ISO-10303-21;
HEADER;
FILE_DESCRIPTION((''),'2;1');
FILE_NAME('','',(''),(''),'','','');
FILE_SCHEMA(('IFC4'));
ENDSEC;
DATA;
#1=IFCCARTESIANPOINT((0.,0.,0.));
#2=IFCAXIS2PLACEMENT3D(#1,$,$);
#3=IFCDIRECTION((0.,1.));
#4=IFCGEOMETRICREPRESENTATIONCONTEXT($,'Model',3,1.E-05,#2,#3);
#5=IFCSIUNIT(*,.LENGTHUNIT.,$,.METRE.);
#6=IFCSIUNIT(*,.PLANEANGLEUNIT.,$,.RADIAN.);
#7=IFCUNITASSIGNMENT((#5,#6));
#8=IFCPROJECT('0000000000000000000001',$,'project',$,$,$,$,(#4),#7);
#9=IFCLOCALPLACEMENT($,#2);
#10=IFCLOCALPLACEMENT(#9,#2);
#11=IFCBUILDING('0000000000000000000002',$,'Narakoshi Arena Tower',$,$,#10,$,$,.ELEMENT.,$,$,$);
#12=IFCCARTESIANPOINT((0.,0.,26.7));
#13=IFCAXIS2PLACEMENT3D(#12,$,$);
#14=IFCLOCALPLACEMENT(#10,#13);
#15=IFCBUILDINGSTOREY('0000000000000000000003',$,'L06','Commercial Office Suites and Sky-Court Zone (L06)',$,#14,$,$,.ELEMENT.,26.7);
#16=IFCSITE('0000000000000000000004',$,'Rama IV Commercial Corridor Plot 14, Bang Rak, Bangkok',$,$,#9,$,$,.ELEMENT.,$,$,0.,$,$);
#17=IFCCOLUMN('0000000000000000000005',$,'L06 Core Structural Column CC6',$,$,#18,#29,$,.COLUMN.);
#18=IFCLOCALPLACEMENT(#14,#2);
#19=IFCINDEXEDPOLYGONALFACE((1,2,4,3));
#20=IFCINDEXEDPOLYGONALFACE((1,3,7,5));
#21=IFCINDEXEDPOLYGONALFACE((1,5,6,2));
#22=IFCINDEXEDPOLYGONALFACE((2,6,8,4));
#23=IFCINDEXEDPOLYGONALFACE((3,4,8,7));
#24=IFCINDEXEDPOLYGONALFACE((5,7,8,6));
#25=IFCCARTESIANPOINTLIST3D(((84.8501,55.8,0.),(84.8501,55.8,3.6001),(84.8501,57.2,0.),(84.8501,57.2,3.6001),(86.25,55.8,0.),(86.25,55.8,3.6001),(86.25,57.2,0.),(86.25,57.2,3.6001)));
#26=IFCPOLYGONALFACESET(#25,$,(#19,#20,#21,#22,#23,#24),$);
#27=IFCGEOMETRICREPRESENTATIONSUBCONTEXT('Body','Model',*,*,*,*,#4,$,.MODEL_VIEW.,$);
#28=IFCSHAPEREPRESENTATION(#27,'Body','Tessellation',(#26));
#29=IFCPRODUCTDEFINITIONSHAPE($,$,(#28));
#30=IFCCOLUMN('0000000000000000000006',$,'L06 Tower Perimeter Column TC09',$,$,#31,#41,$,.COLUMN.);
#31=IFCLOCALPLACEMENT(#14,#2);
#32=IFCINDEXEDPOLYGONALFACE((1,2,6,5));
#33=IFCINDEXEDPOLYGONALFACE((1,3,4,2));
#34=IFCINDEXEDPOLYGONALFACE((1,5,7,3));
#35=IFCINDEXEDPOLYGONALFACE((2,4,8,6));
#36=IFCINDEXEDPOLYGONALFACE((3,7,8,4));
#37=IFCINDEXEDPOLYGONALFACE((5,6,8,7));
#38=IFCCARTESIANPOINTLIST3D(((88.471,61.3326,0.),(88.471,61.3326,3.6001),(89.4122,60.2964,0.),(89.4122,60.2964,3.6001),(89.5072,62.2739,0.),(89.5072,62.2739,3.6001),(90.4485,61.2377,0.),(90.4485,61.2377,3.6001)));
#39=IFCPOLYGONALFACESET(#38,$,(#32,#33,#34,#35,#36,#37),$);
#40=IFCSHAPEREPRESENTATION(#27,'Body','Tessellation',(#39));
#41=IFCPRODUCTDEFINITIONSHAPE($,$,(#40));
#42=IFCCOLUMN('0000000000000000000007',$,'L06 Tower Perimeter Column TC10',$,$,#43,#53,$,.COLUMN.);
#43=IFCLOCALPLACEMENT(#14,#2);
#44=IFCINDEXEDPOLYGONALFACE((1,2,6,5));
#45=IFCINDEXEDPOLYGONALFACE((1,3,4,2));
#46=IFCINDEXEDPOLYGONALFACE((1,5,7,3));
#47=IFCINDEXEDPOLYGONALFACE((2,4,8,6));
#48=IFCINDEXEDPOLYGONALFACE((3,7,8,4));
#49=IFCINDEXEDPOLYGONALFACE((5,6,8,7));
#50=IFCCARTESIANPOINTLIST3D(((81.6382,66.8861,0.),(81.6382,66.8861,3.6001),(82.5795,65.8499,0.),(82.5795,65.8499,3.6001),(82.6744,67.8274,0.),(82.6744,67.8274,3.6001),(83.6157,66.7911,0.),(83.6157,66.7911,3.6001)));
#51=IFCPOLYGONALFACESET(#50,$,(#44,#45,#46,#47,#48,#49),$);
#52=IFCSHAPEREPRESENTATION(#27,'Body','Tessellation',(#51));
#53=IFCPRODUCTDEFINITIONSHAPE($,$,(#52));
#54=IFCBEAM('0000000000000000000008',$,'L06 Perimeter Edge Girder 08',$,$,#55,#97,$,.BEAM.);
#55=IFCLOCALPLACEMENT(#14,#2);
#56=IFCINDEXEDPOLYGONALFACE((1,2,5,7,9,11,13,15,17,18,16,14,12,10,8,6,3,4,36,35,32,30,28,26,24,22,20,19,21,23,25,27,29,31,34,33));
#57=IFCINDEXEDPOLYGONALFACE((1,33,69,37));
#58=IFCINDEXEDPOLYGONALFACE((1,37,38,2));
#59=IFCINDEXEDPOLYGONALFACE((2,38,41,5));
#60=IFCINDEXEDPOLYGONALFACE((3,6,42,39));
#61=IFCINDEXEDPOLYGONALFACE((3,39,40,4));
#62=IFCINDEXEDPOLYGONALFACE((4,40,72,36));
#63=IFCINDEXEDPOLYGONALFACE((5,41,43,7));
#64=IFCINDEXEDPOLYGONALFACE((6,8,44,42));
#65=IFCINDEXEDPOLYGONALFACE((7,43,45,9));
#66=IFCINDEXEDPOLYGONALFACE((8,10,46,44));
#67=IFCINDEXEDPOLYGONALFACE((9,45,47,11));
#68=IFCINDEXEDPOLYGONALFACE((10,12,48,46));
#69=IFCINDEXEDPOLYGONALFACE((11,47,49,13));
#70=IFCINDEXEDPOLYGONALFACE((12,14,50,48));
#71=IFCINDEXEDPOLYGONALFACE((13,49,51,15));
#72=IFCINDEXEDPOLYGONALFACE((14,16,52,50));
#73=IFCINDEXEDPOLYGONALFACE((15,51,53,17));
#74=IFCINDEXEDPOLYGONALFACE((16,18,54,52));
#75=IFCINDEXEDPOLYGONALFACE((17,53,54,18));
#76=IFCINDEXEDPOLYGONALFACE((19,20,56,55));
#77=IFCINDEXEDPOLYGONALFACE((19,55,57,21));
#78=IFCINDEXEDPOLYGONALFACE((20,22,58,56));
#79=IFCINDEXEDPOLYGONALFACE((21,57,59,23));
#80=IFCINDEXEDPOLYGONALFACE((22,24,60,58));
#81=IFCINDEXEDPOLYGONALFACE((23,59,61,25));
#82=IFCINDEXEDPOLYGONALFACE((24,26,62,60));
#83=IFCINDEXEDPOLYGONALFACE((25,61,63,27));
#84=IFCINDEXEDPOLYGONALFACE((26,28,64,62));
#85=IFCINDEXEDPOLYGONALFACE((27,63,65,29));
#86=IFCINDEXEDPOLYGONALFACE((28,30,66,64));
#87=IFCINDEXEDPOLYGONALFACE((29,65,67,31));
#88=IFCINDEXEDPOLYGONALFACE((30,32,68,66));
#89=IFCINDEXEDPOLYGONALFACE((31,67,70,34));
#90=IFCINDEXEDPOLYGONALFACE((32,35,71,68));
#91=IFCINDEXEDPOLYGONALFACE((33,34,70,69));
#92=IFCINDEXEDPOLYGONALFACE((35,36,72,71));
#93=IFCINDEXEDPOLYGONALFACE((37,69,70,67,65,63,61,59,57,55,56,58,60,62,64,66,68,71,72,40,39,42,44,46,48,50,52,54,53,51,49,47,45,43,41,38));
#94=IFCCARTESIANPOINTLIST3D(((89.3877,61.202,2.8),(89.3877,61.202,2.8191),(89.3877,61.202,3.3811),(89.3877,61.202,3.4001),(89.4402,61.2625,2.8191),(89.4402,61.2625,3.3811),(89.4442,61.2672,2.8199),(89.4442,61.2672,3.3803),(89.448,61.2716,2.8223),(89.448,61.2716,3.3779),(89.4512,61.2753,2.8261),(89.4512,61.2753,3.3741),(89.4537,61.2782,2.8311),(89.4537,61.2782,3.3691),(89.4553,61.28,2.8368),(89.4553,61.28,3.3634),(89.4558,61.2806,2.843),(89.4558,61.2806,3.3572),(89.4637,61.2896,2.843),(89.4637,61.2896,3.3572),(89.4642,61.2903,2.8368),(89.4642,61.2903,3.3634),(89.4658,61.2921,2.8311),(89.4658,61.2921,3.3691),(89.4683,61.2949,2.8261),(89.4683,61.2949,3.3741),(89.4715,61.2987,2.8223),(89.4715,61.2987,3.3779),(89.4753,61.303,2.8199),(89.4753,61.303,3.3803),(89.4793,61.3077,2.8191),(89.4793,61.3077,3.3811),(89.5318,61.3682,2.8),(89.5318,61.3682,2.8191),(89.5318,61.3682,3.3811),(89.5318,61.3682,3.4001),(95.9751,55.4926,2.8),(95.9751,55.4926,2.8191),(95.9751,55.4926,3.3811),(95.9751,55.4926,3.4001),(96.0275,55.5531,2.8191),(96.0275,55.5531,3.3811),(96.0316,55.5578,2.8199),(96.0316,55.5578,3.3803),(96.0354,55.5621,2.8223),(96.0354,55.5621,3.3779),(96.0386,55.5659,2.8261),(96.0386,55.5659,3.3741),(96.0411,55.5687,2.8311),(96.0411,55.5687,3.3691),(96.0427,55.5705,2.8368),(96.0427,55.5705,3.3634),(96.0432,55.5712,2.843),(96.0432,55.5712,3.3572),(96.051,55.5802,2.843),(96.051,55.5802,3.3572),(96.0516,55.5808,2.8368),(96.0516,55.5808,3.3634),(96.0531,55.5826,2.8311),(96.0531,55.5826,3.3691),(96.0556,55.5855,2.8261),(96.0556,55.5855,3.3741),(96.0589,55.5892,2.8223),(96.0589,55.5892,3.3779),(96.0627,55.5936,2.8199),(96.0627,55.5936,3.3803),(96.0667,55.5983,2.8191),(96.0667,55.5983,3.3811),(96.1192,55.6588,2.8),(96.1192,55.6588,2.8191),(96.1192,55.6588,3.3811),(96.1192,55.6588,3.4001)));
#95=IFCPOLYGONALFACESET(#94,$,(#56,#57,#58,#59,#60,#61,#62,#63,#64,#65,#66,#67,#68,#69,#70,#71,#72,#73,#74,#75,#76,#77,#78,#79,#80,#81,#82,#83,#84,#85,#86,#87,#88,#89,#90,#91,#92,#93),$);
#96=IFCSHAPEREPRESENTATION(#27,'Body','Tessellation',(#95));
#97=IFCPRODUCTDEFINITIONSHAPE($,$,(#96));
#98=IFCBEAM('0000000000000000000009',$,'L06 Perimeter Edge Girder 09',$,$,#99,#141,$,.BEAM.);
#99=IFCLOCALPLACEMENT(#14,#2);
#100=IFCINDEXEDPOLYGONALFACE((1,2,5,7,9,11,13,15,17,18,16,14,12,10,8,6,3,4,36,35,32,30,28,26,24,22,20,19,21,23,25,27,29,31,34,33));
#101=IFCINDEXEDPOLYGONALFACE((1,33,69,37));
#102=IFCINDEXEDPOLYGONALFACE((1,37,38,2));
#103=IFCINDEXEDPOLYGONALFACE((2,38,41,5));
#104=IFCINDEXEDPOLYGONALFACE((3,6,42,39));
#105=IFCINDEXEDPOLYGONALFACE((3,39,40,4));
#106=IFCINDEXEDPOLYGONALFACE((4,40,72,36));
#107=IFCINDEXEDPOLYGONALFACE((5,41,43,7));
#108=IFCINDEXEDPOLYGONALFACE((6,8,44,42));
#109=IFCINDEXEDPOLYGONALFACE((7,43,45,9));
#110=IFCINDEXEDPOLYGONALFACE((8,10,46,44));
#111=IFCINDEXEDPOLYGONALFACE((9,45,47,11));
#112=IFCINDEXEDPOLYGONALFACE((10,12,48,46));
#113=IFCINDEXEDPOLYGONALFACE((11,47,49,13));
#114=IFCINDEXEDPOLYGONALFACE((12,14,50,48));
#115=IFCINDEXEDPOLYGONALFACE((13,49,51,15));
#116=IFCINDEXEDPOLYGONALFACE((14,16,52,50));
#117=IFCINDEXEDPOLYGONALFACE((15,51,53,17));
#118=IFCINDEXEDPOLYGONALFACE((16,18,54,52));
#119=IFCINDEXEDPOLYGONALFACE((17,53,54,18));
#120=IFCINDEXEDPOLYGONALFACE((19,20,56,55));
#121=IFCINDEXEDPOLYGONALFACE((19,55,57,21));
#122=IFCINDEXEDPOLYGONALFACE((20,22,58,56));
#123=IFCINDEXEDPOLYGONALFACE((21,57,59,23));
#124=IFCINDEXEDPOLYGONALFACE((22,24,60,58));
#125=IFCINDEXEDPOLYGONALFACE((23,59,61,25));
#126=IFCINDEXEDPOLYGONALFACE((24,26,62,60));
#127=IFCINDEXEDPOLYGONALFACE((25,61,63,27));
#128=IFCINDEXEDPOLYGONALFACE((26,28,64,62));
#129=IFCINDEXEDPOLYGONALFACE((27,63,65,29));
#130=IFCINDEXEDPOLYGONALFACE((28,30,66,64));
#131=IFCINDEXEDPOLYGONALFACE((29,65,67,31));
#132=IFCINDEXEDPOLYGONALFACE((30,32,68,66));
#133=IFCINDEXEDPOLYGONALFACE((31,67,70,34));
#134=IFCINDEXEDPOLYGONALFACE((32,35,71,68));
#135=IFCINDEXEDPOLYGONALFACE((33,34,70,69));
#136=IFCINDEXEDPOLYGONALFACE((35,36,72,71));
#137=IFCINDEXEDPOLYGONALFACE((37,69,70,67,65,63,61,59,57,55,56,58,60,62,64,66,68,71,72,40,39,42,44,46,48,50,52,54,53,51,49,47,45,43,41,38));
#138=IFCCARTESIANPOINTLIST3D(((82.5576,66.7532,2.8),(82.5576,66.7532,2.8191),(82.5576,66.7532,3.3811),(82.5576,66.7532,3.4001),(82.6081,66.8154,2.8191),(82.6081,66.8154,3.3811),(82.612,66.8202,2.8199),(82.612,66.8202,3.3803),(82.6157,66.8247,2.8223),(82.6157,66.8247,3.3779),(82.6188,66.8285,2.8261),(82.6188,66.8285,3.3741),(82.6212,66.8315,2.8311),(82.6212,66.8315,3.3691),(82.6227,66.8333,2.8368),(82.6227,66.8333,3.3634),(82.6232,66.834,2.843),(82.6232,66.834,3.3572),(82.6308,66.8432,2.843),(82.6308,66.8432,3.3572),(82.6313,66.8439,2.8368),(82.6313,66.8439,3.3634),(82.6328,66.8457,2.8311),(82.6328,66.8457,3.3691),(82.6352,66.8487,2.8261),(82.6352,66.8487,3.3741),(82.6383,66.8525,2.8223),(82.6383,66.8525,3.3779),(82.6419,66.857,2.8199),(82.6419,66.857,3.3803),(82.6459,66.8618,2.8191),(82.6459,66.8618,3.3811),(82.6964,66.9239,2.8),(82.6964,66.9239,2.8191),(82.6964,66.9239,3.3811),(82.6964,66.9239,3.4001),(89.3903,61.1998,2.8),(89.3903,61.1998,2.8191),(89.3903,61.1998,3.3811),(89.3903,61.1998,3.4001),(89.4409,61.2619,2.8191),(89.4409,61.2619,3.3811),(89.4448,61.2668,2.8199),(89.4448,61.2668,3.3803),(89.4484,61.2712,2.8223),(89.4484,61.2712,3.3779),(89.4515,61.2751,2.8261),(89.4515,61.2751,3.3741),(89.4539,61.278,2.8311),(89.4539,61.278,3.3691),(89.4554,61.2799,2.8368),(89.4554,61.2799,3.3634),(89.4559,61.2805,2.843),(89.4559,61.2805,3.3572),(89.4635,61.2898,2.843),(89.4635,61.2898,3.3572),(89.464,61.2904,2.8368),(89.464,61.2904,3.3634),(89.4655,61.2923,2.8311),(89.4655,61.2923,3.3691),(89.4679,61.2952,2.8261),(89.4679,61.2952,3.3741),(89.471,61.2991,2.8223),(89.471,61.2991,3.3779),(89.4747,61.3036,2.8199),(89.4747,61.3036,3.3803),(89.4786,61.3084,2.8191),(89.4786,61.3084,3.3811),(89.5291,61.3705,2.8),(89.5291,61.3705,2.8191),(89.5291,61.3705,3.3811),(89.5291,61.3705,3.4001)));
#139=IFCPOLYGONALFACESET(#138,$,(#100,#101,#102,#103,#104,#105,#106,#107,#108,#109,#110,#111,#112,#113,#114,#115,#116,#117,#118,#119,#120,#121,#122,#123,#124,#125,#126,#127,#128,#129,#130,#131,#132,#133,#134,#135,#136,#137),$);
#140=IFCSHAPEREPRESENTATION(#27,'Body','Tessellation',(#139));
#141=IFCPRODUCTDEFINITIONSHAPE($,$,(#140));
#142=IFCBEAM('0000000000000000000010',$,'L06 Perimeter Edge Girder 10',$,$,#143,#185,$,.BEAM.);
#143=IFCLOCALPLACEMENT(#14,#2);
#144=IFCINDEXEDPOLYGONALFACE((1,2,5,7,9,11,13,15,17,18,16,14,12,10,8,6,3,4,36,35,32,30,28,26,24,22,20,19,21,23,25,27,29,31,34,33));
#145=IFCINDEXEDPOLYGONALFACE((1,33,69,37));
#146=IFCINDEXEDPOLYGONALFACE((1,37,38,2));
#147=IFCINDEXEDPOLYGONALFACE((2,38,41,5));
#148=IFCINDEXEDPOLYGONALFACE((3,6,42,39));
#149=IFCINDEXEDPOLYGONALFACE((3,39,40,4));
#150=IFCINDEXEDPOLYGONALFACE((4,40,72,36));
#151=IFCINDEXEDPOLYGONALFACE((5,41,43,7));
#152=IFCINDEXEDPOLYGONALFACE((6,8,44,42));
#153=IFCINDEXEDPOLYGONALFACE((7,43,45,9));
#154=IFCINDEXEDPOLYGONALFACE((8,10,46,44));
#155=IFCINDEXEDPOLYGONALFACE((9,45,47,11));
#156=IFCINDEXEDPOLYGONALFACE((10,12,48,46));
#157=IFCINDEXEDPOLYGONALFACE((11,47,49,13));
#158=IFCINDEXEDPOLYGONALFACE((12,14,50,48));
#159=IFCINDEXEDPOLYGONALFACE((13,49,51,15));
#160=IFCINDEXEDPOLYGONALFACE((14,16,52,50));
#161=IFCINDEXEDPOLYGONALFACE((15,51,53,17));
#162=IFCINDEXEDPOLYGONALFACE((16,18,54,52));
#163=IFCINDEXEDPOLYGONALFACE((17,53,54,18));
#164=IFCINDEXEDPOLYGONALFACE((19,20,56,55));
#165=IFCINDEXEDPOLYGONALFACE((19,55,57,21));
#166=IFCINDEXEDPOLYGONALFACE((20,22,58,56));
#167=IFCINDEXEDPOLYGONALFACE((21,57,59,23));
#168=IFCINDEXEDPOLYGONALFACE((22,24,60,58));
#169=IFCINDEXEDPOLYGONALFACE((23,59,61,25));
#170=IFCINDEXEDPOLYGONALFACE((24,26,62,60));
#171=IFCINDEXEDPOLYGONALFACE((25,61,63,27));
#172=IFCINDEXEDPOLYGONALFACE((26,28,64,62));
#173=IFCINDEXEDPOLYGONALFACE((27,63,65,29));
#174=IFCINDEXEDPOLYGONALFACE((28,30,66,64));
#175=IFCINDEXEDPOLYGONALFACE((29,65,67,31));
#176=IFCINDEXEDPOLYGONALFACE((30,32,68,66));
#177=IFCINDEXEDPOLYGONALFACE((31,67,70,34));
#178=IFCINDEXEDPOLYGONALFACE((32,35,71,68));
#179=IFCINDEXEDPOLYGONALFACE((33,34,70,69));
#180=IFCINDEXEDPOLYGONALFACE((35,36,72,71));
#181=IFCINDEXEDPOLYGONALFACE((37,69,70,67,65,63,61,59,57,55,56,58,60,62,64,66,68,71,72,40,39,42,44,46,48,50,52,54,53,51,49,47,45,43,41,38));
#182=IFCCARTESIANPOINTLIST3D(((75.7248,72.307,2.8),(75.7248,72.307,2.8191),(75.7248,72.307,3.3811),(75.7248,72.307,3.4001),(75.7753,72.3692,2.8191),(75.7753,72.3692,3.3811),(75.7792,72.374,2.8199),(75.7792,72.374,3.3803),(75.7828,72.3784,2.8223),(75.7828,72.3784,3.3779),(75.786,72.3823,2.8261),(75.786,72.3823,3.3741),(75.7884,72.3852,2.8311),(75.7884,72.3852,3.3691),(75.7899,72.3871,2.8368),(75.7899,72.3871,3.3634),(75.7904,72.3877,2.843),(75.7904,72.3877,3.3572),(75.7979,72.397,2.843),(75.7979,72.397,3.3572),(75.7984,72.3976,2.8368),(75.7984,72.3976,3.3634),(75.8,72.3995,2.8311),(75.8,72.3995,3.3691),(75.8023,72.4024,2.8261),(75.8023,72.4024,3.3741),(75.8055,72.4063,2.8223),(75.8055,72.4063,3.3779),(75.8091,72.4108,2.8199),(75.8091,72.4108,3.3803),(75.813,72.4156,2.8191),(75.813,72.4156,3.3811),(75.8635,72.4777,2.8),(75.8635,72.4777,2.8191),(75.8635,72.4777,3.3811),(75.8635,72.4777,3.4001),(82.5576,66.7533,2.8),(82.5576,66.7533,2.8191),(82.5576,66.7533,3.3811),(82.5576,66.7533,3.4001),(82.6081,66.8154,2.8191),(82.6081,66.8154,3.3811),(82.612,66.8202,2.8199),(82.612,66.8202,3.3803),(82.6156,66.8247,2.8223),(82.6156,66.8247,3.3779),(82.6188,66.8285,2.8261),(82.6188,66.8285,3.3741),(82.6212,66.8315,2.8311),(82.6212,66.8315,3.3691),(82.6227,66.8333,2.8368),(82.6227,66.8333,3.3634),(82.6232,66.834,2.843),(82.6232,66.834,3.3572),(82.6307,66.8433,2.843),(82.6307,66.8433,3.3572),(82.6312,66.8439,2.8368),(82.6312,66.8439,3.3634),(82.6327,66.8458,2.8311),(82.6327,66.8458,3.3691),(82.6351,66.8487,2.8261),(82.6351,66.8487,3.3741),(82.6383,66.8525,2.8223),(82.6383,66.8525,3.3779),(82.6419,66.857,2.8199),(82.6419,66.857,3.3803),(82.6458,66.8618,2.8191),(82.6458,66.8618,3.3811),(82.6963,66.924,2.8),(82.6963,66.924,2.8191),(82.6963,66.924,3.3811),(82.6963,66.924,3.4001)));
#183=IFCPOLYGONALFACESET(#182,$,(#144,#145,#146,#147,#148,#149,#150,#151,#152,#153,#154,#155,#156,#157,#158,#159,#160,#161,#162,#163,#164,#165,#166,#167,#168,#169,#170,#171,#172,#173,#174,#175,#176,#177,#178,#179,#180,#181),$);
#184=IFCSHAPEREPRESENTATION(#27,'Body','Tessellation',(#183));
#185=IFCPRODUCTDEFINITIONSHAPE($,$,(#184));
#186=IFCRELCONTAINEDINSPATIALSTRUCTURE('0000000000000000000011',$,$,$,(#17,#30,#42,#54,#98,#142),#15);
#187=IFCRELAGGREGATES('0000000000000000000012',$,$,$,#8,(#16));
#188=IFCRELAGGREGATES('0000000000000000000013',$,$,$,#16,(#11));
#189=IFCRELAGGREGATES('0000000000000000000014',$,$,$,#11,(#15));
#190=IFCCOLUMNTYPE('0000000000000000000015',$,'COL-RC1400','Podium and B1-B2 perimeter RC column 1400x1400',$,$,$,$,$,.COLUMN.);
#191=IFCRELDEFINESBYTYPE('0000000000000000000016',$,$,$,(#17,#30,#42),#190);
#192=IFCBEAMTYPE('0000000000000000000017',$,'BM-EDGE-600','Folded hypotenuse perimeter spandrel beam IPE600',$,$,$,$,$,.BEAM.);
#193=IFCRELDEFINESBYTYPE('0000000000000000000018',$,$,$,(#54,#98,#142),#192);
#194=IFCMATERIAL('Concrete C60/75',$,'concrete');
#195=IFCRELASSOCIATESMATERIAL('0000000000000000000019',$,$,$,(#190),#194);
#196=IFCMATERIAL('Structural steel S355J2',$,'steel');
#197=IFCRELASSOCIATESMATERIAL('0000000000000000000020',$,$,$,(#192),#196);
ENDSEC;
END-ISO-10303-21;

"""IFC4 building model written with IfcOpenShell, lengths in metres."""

from ifc_helpers import new_model, si_unit, direction, frame, origin, origin_2d, place, context, subcontext, project, spatial, rectangle, i_section, extrude, material, material_profile, profile_set, type_object, element, save


model = new_model("IFC4")

# Units and contexts
model_context = context("Model", 3, precision=1e-05, world=origin(), true_north=direction((0.0, 1.0)))
body_context = subcontext(model_context, "Body", "Model", "MODEL_VIEW")
ifc_project = project(units=[si_unit("LENGTHUNIT", "METRE"), si_unit("PLANEANGLEUNIT", "RADIAN")], contexts=[model_context])

# Site, building, storey
site_placement = place(None, origin())
site = spatial("IfcSite", under=ifc_project, at=site_placement, Name="Rama IV Commercial Corridor Plot 14, Bang Rak, Bangkok", CompositionType="ELEMENT", RefElevation=0.0)
building_placement = place(site_placement, origin())
building = spatial("IfcBuilding", under=site, at=building_placement, Name="Narakoshi Arena Tower", CompositionType="ELEMENT")
storey_placement = place(building_placement, frame((0.0, 0.0, 26.7)))
storey = spatial("IfcBuildingStorey", under=building, at=storey_placement, Name="L06", Description="Commercial Office Suites and Sky-Court Zone (L06)", CompositionType="ELEMENT", Elevation=26.7)

# Columns
ifc_material_1 = material(Name="Concrete C60/75", Category="concrete")
ifc_material_profile_1 = material_profile(ifc_material_1, rectangle(XDim=1.3999, YDim=1.3999, at=origin_2d()), Name="RC1400x1400")
ifc_profile_set_1 = profile_set([ifc_material_profile_1], Name="Concrete C60/75")
column_type = type_object("IfcColumnType", Name="COL-RC1400", Description="Podium and B1-B2 perimeter RC column 1400x1400", PredefinedType="COLUMN", material=ifc_profile_set_1)
for number, where, z_axis, x_axis, name in (
    (1, (85.55, 56.5, 0.0), (0.0, 0.0, 1.0), (1.0, 0.0, 0.0), "L06 Core Structural Column CC6"),
    (2, (89.4597, 61.2852, 0.0), (0.0, 0.0, 1.0), (0.740218, 0.672367, 0.0), "L06 Tower Perimeter Column TC09"),
    (3, (82.627, 66.8386, 0.0), (0.0, 0.0, 1.0), (0.740218, 0.672367, 0.0), "L06 Tower Perimeter Column TC10"),
):
    element("IfcColumn", number, at=place(storey_placement, frame(where, z_axis=z_axis, x_axis=x_axis)), inside=storey, type_object=column_type, Name=name, PredefinedType="COLUMN", context=body_context, shape_type="SweptSolid", body=[
        extrude(rectangle(XDim=1.3999, YDim=1.3999, at=origin_2d()), origin(), (0.0, 0.0, 1.0), 3.6001),
    ])

# Beams
ifc_material_2 = material(Name="Structural steel S355J2", Category="steel")
ifc_material_profile_2 = material_profile(ifc_material_2, i_section(OverallWidth=0.22, OverallDepth=0.6001, WebThickness=0.012, FlangeThickness=0.019, FilletRadius=0.0239, at=origin_2d()), Name="IPE600")
ifc_profile_set_2 = profile_set([ifc_material_profile_2], Name="Structural steel S355J2")
beam_type_1 = type_object("IfcBeamType", Name="BM-EDGE-600", Description="Folded hypotenuse perimeter spandrel beam IPE600", PredefinedType="BEAM", material=ifc_profile_set_2)
beam_1_placement = place(storey_placement, frame((96.0471, 55.5757, 3.1001), z_axis=(-0.755667, 0.654956, 0.0), x_axis=(-0.654956, -0.755667, 0.0)))
element("IfcBeam", 4, at=beam_1_placement, inside=storey, type_object=beam_type_1, Name="L06 Perimeter Edge Girder 08", PredefinedType="BEAM", context=body_context, shape_type="SweptSolid", body=[
    extrude(i_section(OverallWidth=0.22, OverallDepth=0.6001, WebThickness=0.012, FlangeThickness=0.019, FilletRadius=0.0239, at=origin_2d()), origin(), (0.0, 0.0, 1.0), 8.7173),
])
beam_2_placement = place(storey_placement, frame((89.4597, 61.2852, 3.1001), z_axis=(-0.776011, 0.630719, 0.0), x_axis=(-0.630719, -0.776011, 0.0)))
element("IfcBeam", 5, at=beam_2_placement, inside=storey, type_object=beam_type_1, Name="L06 Perimeter Edge Girder 09", PredefinedType="BEAM", context=body_context, shape_type="SweptSolid", body=[
    extrude(i_section(OverallWidth=0.22, OverallDepth=0.6001, WebThickness=0.012, FlangeThickness=0.019, FilletRadius=0.0239, at=origin_2d()), origin(), (0.0, 0.0, 1.0), 8.8049),
])
beam_3_placement = place(storey_placement, frame((82.627, 66.8386, 3.1001), z_axis=(-0.775998, 0.630736, 0.0), x_axis=(-0.630736, -0.775998, 0.0)))
element("IfcBeam", 6, at=beam_3_placement, inside=storey, type_object=beam_type_1, Name="L06 Perimeter Edge Girder 10", PredefinedType="BEAM", context=body_context, shape_type="SweptSolid", body=[
    extrude(i_section(OverallWidth=0.22, OverallDepth=0.6001, WebThickness=0.012, FlangeThickness=0.019, FilletRadius=0.0239, at=origin_2d()), origin(), (0.0, 0.0, 1.0), 8.8052),
])

save(model, "model.ifc")
